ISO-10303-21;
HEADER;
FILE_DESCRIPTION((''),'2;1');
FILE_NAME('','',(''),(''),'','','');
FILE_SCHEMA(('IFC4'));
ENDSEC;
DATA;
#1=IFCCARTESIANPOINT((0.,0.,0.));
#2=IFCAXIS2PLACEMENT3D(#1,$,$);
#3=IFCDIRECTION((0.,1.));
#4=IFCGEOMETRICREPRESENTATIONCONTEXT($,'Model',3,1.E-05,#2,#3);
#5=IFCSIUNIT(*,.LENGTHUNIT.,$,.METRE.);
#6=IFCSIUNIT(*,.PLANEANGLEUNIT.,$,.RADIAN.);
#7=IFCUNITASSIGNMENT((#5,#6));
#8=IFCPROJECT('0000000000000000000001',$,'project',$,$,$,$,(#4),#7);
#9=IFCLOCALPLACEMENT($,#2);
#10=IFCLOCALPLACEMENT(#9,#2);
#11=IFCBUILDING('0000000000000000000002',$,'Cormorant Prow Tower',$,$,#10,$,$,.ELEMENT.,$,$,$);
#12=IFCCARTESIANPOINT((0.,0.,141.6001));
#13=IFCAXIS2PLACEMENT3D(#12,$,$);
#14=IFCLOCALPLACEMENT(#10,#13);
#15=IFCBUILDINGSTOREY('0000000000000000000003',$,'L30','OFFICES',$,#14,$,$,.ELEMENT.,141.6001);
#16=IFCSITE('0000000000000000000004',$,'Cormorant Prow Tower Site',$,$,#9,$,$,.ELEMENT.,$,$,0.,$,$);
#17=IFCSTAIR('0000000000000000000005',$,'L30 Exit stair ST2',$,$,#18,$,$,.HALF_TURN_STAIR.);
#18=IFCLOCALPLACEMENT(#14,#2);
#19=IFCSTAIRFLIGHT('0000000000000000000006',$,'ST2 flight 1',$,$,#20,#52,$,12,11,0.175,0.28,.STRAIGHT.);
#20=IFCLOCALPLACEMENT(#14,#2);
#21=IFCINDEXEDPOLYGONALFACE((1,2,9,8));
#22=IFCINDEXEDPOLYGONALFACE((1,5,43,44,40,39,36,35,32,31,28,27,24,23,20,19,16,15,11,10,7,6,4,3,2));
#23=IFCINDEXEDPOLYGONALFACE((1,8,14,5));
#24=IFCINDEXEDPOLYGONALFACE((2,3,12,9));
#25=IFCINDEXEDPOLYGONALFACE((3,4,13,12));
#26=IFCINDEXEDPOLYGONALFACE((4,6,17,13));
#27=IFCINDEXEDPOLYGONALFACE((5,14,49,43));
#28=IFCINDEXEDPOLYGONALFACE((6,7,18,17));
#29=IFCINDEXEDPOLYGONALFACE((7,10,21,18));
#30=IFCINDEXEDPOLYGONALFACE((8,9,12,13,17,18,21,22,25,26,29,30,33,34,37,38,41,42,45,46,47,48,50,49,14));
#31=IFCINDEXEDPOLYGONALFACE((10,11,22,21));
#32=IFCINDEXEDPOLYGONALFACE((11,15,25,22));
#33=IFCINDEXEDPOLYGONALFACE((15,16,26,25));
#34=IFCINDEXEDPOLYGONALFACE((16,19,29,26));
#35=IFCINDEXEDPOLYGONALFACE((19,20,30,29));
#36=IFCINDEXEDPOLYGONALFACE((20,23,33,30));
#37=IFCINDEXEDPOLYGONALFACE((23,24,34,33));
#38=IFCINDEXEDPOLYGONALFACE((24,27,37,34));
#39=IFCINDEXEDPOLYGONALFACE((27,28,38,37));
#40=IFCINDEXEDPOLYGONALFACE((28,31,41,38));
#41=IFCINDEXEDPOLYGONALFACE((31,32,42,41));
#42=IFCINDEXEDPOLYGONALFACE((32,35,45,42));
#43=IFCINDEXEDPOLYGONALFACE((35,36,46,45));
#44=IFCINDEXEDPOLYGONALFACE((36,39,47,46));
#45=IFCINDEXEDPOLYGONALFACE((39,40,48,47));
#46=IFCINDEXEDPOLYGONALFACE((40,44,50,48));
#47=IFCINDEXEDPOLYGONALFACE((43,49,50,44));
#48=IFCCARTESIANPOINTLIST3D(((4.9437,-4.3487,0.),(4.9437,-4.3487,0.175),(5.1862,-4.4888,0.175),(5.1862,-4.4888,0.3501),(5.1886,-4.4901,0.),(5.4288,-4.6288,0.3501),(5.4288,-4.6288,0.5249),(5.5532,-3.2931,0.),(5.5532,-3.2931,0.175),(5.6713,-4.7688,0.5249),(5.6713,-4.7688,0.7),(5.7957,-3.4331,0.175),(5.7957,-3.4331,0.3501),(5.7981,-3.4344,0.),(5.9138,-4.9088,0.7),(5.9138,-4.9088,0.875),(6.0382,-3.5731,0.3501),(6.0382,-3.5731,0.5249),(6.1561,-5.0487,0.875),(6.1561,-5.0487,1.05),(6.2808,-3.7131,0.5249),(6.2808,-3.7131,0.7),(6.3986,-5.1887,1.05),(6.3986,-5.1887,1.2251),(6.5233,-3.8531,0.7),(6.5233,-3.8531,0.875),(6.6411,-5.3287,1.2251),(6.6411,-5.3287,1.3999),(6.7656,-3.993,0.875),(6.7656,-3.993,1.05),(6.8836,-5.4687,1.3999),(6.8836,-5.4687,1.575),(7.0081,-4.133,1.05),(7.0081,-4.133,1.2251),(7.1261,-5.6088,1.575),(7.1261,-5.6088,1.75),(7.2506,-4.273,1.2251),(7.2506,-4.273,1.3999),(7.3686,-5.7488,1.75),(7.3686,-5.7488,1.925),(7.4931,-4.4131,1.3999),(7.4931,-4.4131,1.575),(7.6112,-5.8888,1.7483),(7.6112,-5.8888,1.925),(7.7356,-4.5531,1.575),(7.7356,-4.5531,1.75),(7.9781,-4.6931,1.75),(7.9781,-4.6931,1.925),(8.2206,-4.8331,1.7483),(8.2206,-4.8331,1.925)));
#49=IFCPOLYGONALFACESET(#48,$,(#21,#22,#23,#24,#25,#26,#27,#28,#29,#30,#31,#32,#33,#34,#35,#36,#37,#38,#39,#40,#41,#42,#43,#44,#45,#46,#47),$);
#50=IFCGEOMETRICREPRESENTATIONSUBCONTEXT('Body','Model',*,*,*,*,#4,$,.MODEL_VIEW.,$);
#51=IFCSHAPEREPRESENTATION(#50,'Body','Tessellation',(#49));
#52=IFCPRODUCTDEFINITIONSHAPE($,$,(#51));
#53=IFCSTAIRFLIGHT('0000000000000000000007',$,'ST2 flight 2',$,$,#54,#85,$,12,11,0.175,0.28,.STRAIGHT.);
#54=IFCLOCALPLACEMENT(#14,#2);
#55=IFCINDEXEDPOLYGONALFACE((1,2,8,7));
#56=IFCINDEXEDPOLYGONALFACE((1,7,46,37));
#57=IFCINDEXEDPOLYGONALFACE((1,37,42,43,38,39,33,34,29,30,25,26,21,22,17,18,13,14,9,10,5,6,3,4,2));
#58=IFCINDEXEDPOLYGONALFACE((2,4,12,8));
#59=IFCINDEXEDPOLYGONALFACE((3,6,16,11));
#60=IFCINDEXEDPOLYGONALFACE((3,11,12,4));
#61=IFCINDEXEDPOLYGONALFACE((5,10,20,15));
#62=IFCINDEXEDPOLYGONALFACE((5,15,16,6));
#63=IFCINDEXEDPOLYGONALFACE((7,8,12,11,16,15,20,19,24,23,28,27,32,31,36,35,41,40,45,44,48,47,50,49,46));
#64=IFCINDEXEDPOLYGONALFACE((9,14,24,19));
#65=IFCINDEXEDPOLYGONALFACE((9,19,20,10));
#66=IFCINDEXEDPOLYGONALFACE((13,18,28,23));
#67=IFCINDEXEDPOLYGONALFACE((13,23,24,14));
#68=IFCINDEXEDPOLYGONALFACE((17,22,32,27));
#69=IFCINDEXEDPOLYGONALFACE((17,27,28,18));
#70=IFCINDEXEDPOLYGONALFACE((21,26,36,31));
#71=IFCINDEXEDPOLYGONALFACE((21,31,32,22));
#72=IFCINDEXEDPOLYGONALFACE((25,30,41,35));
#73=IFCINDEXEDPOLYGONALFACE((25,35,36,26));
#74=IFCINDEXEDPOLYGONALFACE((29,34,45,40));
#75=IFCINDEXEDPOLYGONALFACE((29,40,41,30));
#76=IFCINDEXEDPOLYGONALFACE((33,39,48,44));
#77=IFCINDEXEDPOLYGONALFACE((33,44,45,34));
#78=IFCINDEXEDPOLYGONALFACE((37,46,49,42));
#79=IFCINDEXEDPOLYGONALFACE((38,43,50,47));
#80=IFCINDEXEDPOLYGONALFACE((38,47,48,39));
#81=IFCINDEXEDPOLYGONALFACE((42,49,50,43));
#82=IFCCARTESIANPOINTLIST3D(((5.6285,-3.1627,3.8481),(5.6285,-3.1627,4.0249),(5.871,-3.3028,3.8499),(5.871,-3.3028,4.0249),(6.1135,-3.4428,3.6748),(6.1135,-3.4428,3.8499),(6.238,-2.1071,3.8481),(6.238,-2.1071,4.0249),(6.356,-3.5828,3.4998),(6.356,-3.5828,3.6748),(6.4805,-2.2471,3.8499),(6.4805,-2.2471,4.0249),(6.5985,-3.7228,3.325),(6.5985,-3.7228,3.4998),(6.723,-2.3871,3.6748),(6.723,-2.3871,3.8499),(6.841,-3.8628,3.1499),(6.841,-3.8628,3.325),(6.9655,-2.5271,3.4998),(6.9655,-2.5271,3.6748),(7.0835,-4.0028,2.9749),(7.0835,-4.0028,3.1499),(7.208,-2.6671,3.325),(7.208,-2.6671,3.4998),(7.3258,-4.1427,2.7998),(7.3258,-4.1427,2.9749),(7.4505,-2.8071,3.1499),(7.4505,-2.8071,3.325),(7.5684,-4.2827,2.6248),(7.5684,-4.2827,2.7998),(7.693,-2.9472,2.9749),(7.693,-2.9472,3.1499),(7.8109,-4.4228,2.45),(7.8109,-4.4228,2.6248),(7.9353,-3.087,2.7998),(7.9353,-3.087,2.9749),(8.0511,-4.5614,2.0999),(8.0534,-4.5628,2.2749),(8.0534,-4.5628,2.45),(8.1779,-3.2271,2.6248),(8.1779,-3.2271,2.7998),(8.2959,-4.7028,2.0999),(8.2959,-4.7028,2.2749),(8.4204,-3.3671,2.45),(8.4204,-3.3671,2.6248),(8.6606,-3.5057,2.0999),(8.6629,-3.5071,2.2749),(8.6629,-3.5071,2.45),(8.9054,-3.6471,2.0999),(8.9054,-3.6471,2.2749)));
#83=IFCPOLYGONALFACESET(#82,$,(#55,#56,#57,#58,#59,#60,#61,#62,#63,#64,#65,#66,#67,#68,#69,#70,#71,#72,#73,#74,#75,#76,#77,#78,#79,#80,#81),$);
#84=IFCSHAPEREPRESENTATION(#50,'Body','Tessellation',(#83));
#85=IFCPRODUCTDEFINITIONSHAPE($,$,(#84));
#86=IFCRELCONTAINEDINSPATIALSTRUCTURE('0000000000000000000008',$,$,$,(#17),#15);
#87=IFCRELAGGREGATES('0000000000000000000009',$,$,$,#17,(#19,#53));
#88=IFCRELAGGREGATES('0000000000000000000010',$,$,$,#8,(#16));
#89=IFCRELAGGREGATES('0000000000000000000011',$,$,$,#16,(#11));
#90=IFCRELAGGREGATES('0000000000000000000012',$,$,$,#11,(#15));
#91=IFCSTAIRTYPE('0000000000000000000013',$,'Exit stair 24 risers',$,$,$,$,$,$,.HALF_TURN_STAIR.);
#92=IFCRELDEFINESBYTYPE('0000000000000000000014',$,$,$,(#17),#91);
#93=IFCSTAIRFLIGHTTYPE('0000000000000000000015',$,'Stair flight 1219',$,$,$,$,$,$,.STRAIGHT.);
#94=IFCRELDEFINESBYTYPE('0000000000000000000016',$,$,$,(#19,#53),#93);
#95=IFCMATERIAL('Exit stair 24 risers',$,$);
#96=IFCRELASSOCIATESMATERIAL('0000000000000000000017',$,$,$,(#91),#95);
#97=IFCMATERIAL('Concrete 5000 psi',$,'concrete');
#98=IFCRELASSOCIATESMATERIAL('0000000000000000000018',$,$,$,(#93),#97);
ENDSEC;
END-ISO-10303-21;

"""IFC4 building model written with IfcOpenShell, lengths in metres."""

from ifc_helpers import new_model, si_unit, direction, frame, origin, place, context, subcontext, project, spatial, polyline, outline, extrude, material, type_object, element, aggregate, save


model = new_model("IFC4")

# Units and contexts
model_context = context("Model", 3, precision=1e-05, world=origin(), true_north=direction((0.0, 1.0)))
body_context = subcontext(model_context, "Body", "Model", "MODEL_VIEW")
ifc_project = project(units=[si_unit("LENGTHUNIT", "METRE"), si_unit("PLANEANGLEUNIT", "RADIAN")], contexts=[model_context])

# Site, building, storey
site_placement = place(None, origin())
site = spatial("IfcSite", under=ifc_project, at=site_placement, Name="Cormorant Prow Tower Site", CompositionType="ELEMENT", RefElevation=0.0)
building_placement = place(site_placement, origin())
building = spatial("IfcBuilding", under=site, at=building_placement, Name="Cormorant Prow Tower", CompositionType="ELEMENT")
storey_placement = place(building_placement, frame((0.0, 0.0, 141.6001)))
storey = spatial("IfcBuildingStorey", under=building, at=storey_placement, Name="L30", Description="OFFICES", CompositionType="ELEMENT", Elevation=141.6001)

# Stair, stair flights
ifc_material_1 = material(Name="Exit stair 24 risers")
stair_type = type_object("IfcStairType", Name="Exit stair 24 risers", PredefinedType="HALF_TURN_STAIR", material=ifc_material_1)
stair_placement = place(storey_placement, origin())
stair = element("IfcStair", 1, at=stair_placement, inside=storey, type_object=stair_type, Name="L30 Exit stair ST2", PredefinedType="HALF_TURN_STAIR")
ifc_material_2 = material(Name="Concrete 5000 psi", Category="concrete")
stair_flight_type = type_object("IfcStairFlightType", Name="Stair flight 1219", PredefinedType="STRAIGHT", material=ifc_material_2)
stair_flight_1_placement = place(storey_placement, frame((5.2485, -3.8208, 0.0), z_axis=(0.0, 0.0, 1.0), x_axis=(0.866025, -0.5, 0.0)))
stair_flight_1 = element("IfcStairFlight", 2, at=stair_flight_1_placement, type_object=stair_flight_type, Name="ST2 flight 1", NumberOfRisers=12, NumberOfTreads=11, PredefinedType="STRAIGHT", RiserHeight=0.175, TreadLength=0.28, context=body_context, shape_type="SweptSolid", body=[
    extrude(outline(polyline([(0.0, 0.0), (0.0, 0.175), (0.28, 0.175), (0.28, 0.3501), (0.5601, 0.3501), (0.5601, 0.5249), (0.8401, 0.5249), (0.8401, 0.7), (1.1201, 0.7), (1.1201, 0.875), (1.3999, 0.875), (1.3999, 1.05), (1.6799, 1.05), (1.6799, 1.2251), (1.96, 1.2251), (1.96, 1.3999), (2.24, 1.3999), (2.24, 1.575), (2.52, 1.575), (2.52, 1.75), (2.8, 1.75), (2.8, 1.925), (3.0801, 1.925), (3.0801, 2.1001), (3.0801, 1.7483), (0.2827, 0.0), (0.0, 0.0)])), frame((0.0, 0.6094, 0.0), z_axis=(0.0, -1.0, 0.0), x_axis=(1.0, 0.0, 0.0)), (0.0, 0.0, 1.0), 1.219),
])
stair_flight_2_placement = place(storey_placement, frame((8.6006, -4.175, 2.0999), z_axis=(0.0, 0.0, 1.0), x_axis=(-0.866025, 0.5, 0.0)))
stair_flight_2 = element("IfcStairFlight", 3, at=stair_flight_2_placement, type_object=stair_flight_type, Name="ST2 flight 2", NumberOfRisers=12, NumberOfTreads=11, PredefinedType="STRAIGHT", RiserHeight=0.175, TreadLength=0.28, context=body_context, shape_type="SweptSolid", body=[
    extrude(outline(polyline([(0.0, 0.0), (0.0, 0.175), (0.28, 0.175), (0.28, 0.3501), (0.5601, 0.3501), (0.5601, 0.5249), (0.8401, 0.5249), (0.8401, 0.7), (1.1201, 0.7), (1.1201, 0.875), (1.3999, 0.875), (1.3999, 1.05), (1.6799, 1.05), (1.6799, 1.2251), (1.96, 1.2251), (1.96, 1.3999), (2.24, 1.3999), (2.24, 1.575), (2.52, 1.575), (2.52, 1.75), (2.8, 1.75), (2.8, 1.925), (3.0801, 1.925), (3.0801, 2.1001), (3.0801, 1.7483), (0.2827, 0.0), (0.0, 0.0)])), frame((0.0, 0.6094, 0.0), z_axis=(0.0, -1.0, 0.0), x_axis=(1.0, 0.0, 0.0)), (0.0, 0.0, 1.0), 1.219),
])
aggregate(stair, [stair_flight_1, stair_flight_2])

save(model, "model.ifc")
